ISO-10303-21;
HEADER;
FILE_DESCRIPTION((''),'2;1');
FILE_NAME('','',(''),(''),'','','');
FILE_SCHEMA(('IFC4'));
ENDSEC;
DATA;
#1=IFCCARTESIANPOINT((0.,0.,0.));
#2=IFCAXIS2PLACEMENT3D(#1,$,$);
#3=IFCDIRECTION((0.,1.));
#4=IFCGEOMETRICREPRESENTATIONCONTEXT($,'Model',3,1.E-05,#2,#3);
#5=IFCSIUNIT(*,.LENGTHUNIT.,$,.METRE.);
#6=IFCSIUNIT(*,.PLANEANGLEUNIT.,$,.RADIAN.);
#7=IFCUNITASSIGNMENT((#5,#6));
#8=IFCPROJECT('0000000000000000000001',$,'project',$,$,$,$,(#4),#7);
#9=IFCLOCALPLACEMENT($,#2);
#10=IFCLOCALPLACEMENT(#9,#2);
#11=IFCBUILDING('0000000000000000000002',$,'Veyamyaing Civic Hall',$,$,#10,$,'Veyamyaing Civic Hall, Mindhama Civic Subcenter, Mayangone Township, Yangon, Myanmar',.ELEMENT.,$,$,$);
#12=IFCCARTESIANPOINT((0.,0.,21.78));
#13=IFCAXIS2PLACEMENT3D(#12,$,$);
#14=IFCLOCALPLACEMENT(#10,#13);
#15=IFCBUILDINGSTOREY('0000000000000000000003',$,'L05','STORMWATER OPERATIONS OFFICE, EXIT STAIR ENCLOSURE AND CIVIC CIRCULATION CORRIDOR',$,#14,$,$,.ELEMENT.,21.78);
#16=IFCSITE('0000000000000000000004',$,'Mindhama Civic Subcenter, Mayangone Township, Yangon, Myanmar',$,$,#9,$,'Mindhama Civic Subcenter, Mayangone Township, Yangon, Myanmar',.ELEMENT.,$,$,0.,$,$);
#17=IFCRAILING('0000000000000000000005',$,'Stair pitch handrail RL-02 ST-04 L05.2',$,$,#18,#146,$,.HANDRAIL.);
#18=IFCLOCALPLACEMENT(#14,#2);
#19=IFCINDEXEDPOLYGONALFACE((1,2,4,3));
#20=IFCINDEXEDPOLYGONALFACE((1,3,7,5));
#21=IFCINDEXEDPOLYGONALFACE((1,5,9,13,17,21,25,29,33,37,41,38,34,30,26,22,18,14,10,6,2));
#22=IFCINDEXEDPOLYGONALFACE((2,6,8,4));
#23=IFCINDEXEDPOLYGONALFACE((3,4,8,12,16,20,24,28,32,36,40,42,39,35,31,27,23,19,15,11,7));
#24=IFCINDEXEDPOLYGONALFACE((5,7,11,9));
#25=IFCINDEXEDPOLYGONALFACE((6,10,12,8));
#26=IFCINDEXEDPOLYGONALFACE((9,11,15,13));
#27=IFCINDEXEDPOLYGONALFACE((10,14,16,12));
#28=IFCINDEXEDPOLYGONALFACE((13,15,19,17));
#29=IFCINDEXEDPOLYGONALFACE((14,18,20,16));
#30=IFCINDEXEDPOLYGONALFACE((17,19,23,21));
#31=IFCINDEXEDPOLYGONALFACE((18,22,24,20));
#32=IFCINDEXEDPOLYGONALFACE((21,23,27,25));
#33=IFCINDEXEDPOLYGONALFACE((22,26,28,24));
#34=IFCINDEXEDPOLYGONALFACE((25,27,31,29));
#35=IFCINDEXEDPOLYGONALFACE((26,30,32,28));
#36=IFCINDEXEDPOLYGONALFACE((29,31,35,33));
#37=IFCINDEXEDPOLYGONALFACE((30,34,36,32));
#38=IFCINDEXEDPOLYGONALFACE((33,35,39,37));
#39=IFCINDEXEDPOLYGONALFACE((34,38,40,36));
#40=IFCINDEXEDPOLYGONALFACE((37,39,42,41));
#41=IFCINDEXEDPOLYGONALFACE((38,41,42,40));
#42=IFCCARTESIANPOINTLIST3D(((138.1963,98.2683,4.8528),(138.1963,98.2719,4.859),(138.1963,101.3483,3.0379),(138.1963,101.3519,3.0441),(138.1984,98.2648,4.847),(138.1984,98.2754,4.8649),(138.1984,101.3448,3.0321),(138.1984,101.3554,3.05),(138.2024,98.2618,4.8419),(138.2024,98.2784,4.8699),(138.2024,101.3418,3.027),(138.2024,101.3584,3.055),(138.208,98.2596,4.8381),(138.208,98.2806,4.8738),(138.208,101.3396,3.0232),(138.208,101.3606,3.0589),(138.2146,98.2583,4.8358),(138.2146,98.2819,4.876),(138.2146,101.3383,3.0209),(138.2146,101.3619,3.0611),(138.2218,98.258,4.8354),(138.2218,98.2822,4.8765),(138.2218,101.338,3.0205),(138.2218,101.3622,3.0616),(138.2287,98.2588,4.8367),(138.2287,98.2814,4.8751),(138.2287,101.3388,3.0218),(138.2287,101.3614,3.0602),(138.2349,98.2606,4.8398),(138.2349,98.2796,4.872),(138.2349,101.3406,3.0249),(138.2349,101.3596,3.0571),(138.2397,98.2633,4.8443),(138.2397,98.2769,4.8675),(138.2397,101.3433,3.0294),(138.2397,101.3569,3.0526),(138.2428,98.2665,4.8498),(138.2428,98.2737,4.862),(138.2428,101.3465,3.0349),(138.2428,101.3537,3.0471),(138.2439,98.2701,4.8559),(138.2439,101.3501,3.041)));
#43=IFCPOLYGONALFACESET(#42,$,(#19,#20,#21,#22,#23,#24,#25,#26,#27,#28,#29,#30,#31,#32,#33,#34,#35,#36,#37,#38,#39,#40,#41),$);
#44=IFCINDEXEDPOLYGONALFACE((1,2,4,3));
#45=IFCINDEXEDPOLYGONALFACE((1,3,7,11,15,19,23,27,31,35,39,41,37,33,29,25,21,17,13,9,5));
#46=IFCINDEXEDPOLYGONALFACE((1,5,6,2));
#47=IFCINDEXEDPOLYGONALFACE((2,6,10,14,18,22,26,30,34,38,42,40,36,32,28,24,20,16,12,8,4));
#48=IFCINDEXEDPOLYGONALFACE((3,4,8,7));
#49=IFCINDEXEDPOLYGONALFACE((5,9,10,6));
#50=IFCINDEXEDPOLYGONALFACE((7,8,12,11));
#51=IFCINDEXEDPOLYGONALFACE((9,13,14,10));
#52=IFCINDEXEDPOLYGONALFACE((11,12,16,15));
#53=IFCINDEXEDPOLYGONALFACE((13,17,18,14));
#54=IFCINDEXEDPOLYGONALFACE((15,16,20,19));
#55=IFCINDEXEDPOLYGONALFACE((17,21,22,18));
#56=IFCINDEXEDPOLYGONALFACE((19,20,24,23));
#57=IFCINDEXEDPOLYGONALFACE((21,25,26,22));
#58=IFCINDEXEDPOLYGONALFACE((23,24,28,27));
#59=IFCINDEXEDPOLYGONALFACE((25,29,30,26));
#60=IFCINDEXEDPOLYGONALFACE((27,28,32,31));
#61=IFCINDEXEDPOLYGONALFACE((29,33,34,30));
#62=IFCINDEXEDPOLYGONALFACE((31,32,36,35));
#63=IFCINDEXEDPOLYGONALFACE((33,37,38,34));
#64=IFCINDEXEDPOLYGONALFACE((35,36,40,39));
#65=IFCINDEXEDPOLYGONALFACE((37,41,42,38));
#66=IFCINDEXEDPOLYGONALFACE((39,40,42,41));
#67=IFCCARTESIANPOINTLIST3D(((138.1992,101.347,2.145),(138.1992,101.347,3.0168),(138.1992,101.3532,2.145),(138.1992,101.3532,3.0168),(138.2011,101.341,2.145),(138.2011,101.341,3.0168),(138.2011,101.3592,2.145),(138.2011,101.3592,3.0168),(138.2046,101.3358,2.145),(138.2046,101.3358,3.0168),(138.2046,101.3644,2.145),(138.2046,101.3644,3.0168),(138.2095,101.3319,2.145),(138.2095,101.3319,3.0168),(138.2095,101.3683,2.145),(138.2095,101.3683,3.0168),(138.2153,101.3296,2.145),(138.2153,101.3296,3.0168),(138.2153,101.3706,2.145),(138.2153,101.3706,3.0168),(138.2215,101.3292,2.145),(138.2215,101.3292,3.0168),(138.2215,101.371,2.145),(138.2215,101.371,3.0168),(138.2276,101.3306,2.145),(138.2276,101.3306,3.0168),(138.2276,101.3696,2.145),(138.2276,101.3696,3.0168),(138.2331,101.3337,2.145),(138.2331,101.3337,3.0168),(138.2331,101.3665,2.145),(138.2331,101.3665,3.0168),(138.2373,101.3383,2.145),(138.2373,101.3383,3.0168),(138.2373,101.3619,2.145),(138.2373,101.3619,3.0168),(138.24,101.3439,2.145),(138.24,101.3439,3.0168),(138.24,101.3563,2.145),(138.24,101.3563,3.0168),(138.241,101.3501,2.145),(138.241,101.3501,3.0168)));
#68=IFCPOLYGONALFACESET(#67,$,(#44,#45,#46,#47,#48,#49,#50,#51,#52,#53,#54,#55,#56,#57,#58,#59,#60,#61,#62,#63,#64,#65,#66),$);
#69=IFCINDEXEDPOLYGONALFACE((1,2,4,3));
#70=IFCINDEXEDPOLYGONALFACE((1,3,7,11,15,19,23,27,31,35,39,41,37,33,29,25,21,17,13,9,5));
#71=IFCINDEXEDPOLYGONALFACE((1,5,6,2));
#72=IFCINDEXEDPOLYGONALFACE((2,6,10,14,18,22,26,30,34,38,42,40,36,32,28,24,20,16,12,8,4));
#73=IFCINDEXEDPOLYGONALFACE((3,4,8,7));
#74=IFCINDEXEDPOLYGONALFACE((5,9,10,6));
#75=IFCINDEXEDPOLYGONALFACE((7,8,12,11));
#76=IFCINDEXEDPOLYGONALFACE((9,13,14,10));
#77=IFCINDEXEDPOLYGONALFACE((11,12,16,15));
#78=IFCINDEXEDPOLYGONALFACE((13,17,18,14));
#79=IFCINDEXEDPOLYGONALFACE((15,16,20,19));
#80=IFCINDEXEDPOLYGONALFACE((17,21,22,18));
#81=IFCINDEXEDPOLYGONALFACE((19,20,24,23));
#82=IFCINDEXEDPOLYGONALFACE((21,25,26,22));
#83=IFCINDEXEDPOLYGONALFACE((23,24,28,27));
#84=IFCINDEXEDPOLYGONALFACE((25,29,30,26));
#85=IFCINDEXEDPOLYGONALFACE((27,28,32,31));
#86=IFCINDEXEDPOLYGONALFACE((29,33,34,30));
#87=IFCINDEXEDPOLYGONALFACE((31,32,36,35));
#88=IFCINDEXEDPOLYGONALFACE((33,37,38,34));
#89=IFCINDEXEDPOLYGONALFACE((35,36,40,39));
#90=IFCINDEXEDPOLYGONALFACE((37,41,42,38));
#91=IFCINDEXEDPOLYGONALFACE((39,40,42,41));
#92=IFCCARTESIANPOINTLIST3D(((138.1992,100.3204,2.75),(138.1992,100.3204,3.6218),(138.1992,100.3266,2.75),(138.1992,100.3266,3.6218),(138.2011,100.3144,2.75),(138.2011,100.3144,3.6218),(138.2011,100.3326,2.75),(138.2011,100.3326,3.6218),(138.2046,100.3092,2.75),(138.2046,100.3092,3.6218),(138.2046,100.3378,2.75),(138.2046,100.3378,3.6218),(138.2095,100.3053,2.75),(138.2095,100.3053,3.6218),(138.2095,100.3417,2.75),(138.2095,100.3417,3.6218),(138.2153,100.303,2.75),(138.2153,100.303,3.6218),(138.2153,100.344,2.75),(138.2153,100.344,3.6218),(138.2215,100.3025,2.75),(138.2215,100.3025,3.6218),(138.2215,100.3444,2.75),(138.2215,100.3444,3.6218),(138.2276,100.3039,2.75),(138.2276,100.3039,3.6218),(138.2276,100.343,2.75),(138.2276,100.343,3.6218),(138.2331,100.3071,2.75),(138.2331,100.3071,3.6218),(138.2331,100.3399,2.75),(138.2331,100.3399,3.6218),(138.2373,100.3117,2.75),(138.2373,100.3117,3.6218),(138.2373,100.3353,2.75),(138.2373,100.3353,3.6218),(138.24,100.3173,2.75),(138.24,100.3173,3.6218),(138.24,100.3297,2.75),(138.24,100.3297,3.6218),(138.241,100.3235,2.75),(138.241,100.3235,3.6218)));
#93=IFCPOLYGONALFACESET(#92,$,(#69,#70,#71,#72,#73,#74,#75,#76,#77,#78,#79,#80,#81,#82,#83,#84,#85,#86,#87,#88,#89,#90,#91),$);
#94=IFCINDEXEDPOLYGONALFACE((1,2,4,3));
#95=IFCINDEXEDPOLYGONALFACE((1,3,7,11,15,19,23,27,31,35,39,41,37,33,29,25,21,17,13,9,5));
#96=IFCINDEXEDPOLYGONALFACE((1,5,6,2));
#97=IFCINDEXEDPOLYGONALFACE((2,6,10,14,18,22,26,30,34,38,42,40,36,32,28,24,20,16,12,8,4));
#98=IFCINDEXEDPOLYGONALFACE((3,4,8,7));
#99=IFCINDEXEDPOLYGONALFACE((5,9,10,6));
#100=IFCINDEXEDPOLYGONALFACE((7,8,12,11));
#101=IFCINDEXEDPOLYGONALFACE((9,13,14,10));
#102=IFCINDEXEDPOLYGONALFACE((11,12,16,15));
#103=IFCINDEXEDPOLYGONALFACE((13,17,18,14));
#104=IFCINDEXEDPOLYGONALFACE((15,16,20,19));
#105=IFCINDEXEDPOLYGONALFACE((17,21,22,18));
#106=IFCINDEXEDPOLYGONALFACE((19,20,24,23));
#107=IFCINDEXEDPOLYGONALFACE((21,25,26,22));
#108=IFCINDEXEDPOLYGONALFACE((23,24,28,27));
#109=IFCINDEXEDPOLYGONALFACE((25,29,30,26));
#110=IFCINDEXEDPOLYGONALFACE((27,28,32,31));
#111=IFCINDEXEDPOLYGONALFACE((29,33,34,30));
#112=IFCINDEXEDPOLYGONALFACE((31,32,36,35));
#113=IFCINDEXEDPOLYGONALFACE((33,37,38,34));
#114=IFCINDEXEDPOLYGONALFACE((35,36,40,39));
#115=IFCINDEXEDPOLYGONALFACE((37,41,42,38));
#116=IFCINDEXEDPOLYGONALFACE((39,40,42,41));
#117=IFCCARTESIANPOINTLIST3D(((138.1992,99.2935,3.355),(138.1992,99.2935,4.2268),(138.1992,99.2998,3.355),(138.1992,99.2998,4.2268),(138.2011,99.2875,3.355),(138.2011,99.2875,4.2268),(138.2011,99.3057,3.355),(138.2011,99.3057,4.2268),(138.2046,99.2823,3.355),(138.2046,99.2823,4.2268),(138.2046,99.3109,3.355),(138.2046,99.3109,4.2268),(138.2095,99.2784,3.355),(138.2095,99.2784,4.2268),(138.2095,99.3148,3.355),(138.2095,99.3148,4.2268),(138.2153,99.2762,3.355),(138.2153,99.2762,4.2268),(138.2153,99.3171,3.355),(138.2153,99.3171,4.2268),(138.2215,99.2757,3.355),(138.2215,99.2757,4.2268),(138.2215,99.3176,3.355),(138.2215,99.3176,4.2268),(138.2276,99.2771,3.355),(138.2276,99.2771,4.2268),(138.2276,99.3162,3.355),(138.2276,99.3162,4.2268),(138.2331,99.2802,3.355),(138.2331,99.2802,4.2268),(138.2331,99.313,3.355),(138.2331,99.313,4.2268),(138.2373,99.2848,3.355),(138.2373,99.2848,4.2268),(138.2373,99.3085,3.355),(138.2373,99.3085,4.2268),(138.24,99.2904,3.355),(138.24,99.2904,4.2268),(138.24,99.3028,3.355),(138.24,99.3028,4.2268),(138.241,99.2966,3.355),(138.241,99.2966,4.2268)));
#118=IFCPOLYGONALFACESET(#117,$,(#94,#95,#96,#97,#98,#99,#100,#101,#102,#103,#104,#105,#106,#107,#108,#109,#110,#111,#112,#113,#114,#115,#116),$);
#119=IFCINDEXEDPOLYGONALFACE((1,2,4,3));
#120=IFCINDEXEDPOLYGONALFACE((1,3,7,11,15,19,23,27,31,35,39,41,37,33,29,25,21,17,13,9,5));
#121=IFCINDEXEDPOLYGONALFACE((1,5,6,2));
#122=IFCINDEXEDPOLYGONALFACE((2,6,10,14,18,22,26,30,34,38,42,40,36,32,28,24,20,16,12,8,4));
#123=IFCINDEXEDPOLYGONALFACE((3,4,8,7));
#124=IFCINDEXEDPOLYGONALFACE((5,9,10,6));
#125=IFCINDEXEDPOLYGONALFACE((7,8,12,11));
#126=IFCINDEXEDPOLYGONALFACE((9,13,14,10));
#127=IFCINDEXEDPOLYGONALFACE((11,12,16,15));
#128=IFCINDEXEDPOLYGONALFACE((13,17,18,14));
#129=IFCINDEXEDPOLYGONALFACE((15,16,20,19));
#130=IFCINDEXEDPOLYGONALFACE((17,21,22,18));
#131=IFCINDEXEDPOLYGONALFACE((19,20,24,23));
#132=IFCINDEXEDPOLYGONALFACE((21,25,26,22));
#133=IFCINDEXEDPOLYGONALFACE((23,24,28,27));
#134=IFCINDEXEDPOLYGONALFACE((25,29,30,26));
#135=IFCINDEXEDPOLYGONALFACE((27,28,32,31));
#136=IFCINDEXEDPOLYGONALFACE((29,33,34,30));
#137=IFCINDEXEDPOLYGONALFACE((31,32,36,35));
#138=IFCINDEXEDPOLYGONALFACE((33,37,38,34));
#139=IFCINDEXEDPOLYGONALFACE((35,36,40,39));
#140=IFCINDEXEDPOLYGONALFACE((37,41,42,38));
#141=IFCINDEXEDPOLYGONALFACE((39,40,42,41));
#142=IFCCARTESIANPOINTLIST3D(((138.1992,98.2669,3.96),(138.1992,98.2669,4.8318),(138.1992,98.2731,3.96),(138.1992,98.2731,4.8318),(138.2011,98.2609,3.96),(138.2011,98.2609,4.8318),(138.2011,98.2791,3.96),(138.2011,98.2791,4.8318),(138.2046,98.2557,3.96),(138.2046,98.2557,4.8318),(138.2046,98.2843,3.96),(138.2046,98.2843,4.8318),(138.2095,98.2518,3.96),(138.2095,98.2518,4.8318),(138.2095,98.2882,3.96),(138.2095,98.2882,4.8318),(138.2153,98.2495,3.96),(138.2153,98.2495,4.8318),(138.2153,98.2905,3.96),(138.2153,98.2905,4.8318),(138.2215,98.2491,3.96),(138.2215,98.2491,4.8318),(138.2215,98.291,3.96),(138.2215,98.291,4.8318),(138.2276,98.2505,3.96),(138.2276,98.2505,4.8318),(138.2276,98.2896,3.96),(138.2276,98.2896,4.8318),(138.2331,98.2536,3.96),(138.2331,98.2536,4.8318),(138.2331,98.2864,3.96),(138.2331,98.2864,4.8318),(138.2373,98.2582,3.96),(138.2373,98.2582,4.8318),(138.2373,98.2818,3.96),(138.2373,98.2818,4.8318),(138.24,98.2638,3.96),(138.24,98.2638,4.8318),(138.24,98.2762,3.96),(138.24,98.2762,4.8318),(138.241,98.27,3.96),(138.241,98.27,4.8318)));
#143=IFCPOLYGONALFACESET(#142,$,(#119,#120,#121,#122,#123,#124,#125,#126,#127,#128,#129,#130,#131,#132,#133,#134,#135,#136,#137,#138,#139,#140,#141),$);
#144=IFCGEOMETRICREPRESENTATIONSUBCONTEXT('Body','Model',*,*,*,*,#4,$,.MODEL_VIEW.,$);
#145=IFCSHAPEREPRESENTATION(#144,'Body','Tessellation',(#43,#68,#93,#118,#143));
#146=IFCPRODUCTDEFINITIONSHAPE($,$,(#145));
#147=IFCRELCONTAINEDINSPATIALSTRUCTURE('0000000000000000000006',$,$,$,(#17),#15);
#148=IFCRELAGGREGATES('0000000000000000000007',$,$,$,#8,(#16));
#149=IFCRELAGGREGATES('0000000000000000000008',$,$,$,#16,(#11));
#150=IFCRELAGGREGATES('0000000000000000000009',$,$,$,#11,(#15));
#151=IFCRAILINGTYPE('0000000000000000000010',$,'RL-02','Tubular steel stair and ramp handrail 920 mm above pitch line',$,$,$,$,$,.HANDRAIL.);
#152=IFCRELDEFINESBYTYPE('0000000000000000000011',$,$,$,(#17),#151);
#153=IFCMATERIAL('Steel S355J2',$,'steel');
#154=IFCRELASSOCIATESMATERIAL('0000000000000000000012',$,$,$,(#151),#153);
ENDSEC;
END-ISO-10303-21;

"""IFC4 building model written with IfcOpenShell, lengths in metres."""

from ifc_helpers import new_model, si_unit, direction, frame, origin, origin_2d, place, context, subcontext, project, spatial, circle, extrude, material, type_object, element, save


model = new_model("IFC4")

# Units and contexts
model_context = context("Model", 3, precision=1e-05, world=origin(), true_north=direction((0.0, 1.0)))
body_context = subcontext(model_context, "Body", "Model", "MODEL_VIEW")
ifc_project = project(units=[si_unit("LENGTHUNIT", "METRE"), si_unit("PLANEANGLEUNIT", "RADIAN")], contexts=[model_context])

# Site, building, storey
site_placement = place(None, origin())
site = spatial("IfcSite", under=ifc_project, at=site_placement, Name="Mindhama Civic Subcenter, Mayangone Township, Yangon, Myanmar", LongName="Mindhama Civic Subcenter, Mayangone Township, Yangon, Myanmar", CompositionType="ELEMENT", RefElevation=0.0)
building_placement = place(site_placement, origin())
building = spatial("IfcBuilding", under=site, at=building_placement, Name="Veyamyaing Civic Hall", LongName="Veyamyaing Civic Hall, Mindhama Civic Subcenter, Mayangone Township, Yangon, Myanmar", CompositionType="ELEMENT")
storey_placement = place(building_placement, frame((0.0, 0.0, 21.78)))
storey = spatial("IfcBuildingStorey", under=building, at=storey_placement, Name="L05", Description="STORMWATER OPERATIONS OFFICE, EXIT STAIR ENCLOSURE AND CIVIC CIRCULATION CORRIDOR", CompositionType="ELEMENT", Elevation=21.78)

# Railing
ifc_material_1 = material(Name="Steel S355J2", Category="steel")
railing_type_1 = type_object("IfcRailingType", Name="RL-02", Description="Tubular steel stair and ramp handrail 920 mm above pitch line", PredefinedType="HANDRAIL", material=ifc_material_1)
railing_1_placement = place(storey_placement, frame((138.22, 101.3501, 2.145)))
element("IfcRailing", 1, at=railing_1_placement, inside=storey, type_object=railing_type_1, Name="Stair pitch handrail RL-02 ST-04 L05.2", PredefinedType="HANDRAIL", context=body_context, shape_type="SweptSolid", body=[
    extrude(circle(Radius=0.0239, at=origin_2d()), frame((0.0, 0.0, 0.896), z_axis=(0.0, -0.861551, 0.507671), x_axis=(1.0, 0.0, 0.0)), (0.0, 0.0, 1.0), 3.575),
    extrude(circle(Radius=0.021, at=origin_2d()), origin(), (0.0, 0.0, 1.0), 0.8718),
    extrude(circle(Radius=0.021, at=origin_2d()), frame((0.0, -1.0266, 0.605)), (0.0, 0.0, 1.0), 0.8718),
    extrude(circle(Radius=0.021, at=origin_2d()), frame((0.0, -2.0535, 1.21)), (0.0, 0.0, 1.0), 0.8718),
    extrude(circle(Radius=0.021, at=origin_2d()), frame((0.0, -3.0801, 1.8149)), (0.0, 0.0, 1.0), 0.8718),
])

save(model, "model.ifc")
